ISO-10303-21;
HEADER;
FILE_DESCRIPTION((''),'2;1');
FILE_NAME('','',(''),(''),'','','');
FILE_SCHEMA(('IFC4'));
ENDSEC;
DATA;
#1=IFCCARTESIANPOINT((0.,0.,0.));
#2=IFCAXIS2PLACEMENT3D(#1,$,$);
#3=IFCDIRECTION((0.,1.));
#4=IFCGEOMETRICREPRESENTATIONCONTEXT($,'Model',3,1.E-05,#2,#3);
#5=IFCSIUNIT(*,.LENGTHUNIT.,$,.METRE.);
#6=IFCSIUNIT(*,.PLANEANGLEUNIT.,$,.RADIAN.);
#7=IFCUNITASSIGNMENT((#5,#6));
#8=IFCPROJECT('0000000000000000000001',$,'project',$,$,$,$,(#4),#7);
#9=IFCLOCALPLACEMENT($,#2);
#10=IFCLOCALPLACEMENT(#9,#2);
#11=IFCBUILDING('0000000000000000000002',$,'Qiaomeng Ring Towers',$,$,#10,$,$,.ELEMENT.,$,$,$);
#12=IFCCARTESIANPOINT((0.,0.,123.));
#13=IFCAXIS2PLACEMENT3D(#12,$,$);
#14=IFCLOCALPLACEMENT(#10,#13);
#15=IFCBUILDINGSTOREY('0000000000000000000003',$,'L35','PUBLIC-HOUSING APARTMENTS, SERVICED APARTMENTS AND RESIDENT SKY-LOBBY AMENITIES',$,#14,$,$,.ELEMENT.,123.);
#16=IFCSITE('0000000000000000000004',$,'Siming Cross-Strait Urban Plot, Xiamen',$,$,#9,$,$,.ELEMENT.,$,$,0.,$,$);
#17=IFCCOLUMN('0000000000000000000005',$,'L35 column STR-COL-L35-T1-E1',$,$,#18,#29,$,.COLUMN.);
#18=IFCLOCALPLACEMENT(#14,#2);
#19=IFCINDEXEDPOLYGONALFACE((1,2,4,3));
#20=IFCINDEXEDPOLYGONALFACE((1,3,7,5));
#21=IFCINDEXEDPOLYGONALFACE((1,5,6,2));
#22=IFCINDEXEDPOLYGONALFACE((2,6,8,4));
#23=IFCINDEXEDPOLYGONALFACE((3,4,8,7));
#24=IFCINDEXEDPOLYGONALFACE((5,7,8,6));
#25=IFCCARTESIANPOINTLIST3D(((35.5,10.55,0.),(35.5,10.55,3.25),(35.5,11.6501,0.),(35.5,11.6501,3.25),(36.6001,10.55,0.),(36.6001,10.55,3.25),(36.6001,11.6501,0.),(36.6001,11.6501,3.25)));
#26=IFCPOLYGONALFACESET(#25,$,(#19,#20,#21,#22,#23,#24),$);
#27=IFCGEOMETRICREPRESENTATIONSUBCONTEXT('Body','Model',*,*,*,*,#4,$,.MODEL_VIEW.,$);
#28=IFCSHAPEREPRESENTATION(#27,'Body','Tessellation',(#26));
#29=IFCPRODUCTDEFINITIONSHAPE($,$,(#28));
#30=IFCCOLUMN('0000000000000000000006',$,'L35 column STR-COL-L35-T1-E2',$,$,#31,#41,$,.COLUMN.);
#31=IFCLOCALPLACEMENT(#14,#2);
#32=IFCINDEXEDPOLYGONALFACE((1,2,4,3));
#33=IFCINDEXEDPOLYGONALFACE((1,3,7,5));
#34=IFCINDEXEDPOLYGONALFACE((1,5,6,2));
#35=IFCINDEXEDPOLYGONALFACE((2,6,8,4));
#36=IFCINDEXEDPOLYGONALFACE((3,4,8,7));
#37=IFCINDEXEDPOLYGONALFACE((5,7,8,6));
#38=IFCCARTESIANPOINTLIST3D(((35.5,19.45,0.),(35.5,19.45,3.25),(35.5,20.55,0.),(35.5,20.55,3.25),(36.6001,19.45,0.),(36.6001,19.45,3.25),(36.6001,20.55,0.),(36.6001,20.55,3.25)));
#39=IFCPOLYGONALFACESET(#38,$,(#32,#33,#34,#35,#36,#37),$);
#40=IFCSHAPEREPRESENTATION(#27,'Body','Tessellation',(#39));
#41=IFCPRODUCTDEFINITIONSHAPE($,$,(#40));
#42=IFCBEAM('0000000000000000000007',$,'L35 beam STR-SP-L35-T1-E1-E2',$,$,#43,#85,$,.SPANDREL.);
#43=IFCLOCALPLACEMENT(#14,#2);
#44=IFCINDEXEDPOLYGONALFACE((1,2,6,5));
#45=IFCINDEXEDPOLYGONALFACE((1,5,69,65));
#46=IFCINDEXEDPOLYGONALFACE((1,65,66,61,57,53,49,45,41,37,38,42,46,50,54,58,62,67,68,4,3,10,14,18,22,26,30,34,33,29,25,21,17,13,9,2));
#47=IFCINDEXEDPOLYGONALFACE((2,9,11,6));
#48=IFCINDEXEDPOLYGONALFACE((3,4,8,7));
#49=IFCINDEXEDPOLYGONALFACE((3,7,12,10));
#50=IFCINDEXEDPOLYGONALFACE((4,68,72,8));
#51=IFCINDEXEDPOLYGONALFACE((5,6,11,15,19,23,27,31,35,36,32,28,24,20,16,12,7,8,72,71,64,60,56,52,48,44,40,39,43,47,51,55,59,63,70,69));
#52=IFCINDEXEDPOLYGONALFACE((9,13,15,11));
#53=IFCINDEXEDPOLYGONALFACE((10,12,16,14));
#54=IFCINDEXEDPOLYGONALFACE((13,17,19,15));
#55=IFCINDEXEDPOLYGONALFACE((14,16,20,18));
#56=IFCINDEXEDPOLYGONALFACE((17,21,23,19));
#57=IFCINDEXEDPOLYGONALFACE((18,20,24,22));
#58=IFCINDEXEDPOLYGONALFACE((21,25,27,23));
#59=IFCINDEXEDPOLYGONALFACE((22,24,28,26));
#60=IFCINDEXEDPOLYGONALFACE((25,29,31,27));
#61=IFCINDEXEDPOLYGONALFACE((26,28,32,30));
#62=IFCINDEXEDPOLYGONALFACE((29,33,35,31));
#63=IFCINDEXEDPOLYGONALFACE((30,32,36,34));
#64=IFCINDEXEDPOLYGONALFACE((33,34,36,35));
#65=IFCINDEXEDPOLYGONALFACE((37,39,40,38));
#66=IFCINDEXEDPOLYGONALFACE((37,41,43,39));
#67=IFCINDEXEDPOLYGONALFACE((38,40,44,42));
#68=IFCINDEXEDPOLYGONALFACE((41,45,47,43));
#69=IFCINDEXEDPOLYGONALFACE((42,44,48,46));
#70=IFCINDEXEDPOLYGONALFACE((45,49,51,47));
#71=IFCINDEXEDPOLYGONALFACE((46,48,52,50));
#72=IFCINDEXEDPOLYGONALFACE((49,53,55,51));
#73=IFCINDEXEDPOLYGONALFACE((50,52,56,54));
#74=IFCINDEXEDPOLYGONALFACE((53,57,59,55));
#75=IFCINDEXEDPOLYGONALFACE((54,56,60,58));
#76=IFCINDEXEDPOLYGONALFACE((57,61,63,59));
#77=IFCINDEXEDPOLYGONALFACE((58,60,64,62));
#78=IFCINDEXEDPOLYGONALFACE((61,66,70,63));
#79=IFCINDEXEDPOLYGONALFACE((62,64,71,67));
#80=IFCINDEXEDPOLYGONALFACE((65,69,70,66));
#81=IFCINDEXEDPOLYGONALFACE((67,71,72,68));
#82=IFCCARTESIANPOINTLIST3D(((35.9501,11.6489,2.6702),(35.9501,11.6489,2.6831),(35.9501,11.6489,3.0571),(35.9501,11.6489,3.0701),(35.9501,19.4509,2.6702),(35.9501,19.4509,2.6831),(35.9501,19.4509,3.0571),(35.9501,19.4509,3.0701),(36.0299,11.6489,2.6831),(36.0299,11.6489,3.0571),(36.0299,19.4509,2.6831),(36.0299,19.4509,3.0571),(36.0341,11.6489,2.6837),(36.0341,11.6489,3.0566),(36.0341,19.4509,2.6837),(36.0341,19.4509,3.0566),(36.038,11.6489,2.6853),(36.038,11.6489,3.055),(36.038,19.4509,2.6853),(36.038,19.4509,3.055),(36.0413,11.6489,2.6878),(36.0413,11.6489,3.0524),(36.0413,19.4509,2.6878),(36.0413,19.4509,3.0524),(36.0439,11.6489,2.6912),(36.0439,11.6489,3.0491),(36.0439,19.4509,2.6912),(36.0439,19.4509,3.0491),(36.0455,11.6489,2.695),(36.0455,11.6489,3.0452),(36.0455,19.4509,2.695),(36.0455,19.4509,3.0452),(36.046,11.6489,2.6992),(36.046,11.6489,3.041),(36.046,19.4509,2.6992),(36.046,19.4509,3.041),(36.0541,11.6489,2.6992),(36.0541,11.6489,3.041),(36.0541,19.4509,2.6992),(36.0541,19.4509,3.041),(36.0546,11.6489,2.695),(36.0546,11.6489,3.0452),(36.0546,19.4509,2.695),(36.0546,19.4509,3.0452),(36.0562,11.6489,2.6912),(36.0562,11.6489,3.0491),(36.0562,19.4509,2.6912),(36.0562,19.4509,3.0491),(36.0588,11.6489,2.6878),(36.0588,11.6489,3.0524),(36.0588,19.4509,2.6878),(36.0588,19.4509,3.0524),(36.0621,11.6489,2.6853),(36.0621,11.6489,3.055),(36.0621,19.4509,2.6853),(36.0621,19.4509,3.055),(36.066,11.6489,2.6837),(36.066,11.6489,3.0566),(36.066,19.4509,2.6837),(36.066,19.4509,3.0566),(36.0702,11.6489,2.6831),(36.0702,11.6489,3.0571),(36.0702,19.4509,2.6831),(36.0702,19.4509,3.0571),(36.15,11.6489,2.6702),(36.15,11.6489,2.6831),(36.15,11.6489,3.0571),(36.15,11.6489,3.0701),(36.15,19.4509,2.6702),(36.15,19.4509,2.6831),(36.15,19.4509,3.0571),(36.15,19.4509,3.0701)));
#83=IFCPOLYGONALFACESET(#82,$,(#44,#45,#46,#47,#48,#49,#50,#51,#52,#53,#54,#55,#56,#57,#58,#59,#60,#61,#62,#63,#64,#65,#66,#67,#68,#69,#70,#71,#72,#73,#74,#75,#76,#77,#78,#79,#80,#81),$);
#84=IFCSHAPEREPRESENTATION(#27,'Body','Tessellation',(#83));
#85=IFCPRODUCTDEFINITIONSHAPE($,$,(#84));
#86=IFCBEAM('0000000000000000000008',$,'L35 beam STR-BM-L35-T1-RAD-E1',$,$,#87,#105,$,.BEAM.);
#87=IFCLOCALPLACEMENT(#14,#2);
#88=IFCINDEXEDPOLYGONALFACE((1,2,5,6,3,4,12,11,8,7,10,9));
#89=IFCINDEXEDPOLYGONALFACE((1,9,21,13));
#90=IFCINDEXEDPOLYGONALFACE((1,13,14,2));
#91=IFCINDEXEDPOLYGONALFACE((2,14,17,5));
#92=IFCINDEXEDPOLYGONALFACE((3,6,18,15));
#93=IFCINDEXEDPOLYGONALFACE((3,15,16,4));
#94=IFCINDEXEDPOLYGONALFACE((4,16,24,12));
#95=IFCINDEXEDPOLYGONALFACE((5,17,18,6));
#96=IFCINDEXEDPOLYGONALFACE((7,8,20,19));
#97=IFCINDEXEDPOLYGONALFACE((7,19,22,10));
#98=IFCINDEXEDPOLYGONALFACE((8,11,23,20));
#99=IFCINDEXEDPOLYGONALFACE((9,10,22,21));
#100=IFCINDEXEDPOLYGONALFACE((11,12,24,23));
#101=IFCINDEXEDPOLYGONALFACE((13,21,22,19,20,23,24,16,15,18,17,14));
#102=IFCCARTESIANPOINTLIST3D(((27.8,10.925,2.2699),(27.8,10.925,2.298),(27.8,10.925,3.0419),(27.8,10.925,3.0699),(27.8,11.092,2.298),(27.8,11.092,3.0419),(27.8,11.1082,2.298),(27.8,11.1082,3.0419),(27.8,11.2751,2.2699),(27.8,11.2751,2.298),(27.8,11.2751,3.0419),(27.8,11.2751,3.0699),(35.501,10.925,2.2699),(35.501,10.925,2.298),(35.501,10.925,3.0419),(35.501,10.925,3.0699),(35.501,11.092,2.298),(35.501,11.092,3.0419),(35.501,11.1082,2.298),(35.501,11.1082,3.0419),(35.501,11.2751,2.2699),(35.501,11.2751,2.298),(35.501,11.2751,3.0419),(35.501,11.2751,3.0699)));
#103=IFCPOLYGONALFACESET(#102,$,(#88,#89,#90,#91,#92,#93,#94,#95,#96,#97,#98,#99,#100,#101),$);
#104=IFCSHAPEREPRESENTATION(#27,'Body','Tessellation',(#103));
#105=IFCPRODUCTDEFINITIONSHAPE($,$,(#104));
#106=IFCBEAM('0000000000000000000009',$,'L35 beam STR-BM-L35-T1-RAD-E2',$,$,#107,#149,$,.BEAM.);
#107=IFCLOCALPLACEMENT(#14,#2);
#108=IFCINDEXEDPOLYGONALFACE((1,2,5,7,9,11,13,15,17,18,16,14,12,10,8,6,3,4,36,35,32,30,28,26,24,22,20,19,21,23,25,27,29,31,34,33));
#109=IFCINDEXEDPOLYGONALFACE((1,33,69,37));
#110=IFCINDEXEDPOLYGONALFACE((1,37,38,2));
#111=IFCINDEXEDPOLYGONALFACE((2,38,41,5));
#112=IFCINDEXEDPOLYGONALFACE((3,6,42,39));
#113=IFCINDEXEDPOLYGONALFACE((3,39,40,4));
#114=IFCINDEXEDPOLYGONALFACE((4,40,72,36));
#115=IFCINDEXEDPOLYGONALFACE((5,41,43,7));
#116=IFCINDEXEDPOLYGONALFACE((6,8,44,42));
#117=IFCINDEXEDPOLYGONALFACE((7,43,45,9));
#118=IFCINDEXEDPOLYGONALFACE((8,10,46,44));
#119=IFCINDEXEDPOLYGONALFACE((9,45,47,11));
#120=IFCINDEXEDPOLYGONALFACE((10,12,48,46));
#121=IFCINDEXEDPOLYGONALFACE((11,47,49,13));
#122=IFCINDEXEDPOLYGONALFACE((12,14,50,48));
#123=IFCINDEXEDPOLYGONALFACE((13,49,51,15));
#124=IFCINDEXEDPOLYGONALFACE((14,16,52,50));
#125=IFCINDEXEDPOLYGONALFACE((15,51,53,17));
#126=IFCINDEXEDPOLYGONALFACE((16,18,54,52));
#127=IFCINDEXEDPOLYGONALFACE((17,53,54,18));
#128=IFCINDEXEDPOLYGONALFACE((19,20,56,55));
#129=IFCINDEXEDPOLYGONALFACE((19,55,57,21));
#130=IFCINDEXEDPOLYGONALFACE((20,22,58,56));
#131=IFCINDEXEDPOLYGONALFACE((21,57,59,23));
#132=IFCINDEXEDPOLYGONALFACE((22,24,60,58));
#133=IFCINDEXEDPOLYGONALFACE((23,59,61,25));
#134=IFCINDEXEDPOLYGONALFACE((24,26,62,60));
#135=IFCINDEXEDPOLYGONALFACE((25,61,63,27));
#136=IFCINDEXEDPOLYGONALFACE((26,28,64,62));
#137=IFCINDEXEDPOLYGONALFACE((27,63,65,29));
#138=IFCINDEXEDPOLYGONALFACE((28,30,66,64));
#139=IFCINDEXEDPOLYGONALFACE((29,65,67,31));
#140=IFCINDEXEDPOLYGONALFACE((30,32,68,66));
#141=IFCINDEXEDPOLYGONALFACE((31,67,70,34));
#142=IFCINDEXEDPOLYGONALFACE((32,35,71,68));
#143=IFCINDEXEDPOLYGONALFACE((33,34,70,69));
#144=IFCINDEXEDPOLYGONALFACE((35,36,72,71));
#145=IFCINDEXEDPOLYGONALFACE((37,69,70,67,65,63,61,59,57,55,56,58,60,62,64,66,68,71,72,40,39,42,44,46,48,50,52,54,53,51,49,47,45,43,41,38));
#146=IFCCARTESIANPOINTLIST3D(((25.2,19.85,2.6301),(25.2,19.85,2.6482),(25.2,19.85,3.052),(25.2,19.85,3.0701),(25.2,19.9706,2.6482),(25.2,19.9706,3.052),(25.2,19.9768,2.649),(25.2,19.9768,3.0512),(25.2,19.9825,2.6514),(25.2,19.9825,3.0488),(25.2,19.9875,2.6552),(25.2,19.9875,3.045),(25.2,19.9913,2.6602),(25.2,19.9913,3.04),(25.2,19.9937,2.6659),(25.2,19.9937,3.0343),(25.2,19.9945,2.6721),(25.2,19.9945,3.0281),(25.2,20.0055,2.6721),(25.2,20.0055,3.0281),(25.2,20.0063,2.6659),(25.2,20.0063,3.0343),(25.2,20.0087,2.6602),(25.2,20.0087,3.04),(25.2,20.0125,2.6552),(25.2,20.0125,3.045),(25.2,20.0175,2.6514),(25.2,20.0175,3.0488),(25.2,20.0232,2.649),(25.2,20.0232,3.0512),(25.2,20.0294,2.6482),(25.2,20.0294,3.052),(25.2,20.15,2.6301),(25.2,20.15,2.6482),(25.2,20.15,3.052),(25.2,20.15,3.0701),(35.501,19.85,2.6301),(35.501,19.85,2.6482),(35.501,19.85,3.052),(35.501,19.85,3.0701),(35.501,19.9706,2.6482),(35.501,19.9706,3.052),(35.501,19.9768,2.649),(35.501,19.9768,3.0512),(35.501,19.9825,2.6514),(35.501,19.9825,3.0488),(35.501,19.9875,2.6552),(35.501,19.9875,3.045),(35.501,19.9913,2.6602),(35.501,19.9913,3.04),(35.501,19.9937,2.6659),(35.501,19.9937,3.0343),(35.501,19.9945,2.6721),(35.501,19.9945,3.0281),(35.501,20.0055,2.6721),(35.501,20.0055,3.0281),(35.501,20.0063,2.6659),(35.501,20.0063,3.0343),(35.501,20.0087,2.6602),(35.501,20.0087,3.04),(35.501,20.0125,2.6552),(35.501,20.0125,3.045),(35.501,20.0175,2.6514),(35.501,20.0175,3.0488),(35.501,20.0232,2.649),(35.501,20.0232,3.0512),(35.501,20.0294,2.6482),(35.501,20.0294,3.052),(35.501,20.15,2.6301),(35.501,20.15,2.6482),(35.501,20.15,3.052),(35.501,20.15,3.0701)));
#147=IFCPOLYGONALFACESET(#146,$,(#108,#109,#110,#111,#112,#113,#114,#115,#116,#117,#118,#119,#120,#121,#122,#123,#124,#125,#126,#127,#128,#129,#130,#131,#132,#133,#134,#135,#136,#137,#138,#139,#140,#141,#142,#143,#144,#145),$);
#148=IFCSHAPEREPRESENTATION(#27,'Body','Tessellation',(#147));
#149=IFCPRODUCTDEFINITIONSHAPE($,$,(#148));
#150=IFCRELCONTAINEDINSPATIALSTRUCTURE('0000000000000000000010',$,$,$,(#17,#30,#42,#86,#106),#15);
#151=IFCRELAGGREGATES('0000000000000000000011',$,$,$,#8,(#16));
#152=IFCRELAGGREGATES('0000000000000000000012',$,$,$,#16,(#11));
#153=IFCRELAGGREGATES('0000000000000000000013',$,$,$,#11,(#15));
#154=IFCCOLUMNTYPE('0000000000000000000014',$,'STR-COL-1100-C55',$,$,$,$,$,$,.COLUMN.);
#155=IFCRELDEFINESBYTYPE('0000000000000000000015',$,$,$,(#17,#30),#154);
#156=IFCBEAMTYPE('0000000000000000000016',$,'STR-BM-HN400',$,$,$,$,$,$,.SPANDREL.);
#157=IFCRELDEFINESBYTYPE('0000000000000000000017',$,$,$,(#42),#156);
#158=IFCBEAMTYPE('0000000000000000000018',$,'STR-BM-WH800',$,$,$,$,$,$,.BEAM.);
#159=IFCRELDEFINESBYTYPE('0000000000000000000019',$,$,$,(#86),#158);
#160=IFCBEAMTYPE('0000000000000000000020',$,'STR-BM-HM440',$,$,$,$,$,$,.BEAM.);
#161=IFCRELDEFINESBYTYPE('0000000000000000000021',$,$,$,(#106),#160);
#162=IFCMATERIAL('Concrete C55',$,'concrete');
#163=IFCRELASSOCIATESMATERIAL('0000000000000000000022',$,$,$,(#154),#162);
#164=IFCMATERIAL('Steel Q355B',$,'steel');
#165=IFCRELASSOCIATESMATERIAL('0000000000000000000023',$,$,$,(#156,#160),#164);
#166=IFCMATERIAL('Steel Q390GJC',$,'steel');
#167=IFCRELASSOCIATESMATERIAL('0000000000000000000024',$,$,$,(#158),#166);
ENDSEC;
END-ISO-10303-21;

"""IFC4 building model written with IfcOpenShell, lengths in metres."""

from ifc_helpers import new_model, si_unit, direction, frame, origin, origin_2d, place, context, subcontext, project, spatial, rectangle, i_section, extrude, source, transform, mapped, material, material_profile, profile_set, type_object, element, save


model = new_model("IFC4")

# Units and contexts
model_context = context("Model", 3, precision=1e-05, world=origin(), true_north=direction((0.0, 1.0)))
body_context = subcontext(model_context, "Body", "Model", "MODEL_VIEW")
ifc_project = project(units=[si_unit("LENGTHUNIT", "METRE"), si_unit("PLANEANGLEUNIT", "RADIAN")], contexts=[model_context])

# Site, building, storey
site_placement = place(None, origin())
site = spatial("IfcSite", under=ifc_project, at=site_placement, Name="Siming Cross-Strait Urban Plot, Xiamen", CompositionType="ELEMENT", RefElevation=0.0)
building_placement = place(site_placement, origin())
building = spatial("IfcBuilding", under=site, at=building_placement, Name="Qiaomeng Ring Towers", CompositionType="ELEMENT")
storey_placement = place(building_placement, frame((0.0, 0.0, 123.0)))
storey = spatial("IfcBuildingStorey", under=building, at=storey_placement, Name="L35", Description="PUBLIC-HOUSING APARTMENTS, SERVICED APARTMENTS AND RESIDENT SKY-LOBBY AMENITIES", CompositionType="ELEMENT", Elevation=123.0)

# Columns
ifc_material_1 = material(Name="Concrete C55", Category="concrete")
ifc_material_profile_1 = material_profile(ifc_material_1, rectangle(XDim=1.1001, YDim=1.1001, at=origin_2d()), Name="RC COL 1100x1100")
ifc_profile_set_1 = profile_set([ifc_material_profile_1], Name="Concrete C55")
column_type = type_object("IfcColumnType", Name="STR-COL-1100-C55", PredefinedType="COLUMN", material=ifc_profile_set_1)
shared_shape_1 = source(origin(), body_context, "Body", "SweptSolid", [
    extrude(rectangle(XDim=1.1001, YDim=1.1001, at=origin_2d()), origin(), (0.0, 0.0, 1.0), 3.25),
])
for number, where, z_axis, x_axis, name in (
    (1, (36.05, 11.1001, 0.0), (0.0, 0.0, 1.0), (1.0, 0.0, 0.0), "L35 column STR-COL-L35-T1-E1"),
    (2, (36.05, 20.0, 0.0), (0.0, 0.0, 1.0), (1.0, 0.0, 0.0), "L35 column STR-COL-L35-T1-E2"),
):
    element("IfcColumn", number, at=place(storey_placement, frame(where, z_axis=z_axis, x_axis=x_axis)), inside=storey, type_object=column_type, Name=name, PredefinedType="COLUMN", context=body_context, shape_type="MappedRepresentation", body=[
        mapped(shared_shape_1, transform((0.0, 0.0, 0.0), x_axis=(1.0, 0.0, 0.0), y_axis=(0.0, 1.0, 0.0), z_axis=(0.0, 0.0, 1.0), scale=1.0)),
    ])

# Beams
ifc_material_2 = material(Name="Steel Q355B", Category="steel")
ifc_material_profile_2 = material_profile(ifc_material_2, i_section(OverallWidth=0.2, OverallDepth=0.3999, WebThickness=0.0081, FlangeThickness=0.0129, FilletRadius=0.0161, at=origin_2d()), Name="HN 400x200x8x13")
ifc_profile_set_2 = profile_set([ifc_material_profile_2], Name="Steel Q355B")
beam_type_1 = type_object("IfcBeamType", Name="STR-BM-HN400", PredefinedType="SPANDREL", material=ifc_profile_set_2)
shared_shape_2 = source(origin(), body_context, "Body", "SweptSolid", [
    extrude(i_section(OverallWidth=0.2, OverallDepth=0.3999, WebThickness=0.0081, FlangeThickness=0.0129, FilletRadius=0.0161, at=origin_2d()), origin(), (0.0, 0.0, 1.0), 7.802),
])
beam_1_placement = place(storey_placement, frame((36.05, 11.6489, 2.8701), z_axis=(0.0, 1.0, 0.0), x_axis=(-1.0, 0.0, 0.0)))
element("IfcBeam", 3, at=beam_1_placement, inside=storey, type_object=beam_type_1, Name="L35 beam STR-SP-L35-T1-E1-E2", PredefinedType="SPANDREL", context=body_context, shape_type="MappedRepresentation", body=[
    mapped(shared_shape_2, transform((0.0, 0.0, 0.0), x_axis=(1.0, 0.0, 0.0), y_axis=(0.0, 1.0, 0.0), z_axis=(0.0, 0.0, 1.0), scale=1.0)),
])
ifc_material_3 = material(Name="Steel Q390GJC", Category="steel")
ifc_material_profile_3 = material_profile(ifc_material_3, i_section(OverallWidth=0.3501, OverallDepth=0.8, WebThickness=0.0161, FlangeThickness=0.0281, at=origin_2d()), Name="WH 800x350x16x28")
ifc_profile_set_3 = profile_set([ifc_material_profile_3], Name="Steel Q390GJC")
beam_type_2 = type_object("IfcBeamType", Name="STR-BM-WH800", PredefinedType="BEAM", material=ifc_profile_set_3)
shared_shape_3 = source(origin(), body_context, "Body", "SweptSolid", [
    extrude(i_section(OverallWidth=0.3501, OverallDepth=0.8, WebThickness=0.0161, FlangeThickness=0.0281, at=origin_2d()), origin(), (0.0, 0.0, 1.0), 7.7009),
])
beam_2_placement = place(storey_placement, frame((27.8, 11.1001, 2.6699), z_axis=(1.0, 0.0, 0.0), x_axis=(0.0, 1.0, 0.0)))
element("IfcBeam", 4, at=beam_2_placement, inside=storey, type_object=beam_type_2, Name="L35 beam STR-BM-L35-T1-RAD-E1", PredefinedType="BEAM", context=body_context, shape_type="MappedRepresentation", body=[
    mapped(shared_shape_3, transform((0.0, 0.0, 0.0), x_axis=(1.0, 0.0, 0.0), y_axis=(0.0, 1.0, 0.0), z_axis=(0.0, 0.0, 1.0), scale=1.0)),
])
ifc_material_profile_4 = material_profile(ifc_material_2, i_section(OverallWidth=0.3, OverallDepth=0.4399, WebThickness=0.011, FlangeThickness=0.0181, FilletRadius=0.0239, at=origin_2d()), Name="HM 440x300x11x18")
ifc_profile_set_4 = profile_set([ifc_material_profile_4], Name="Steel Q355B")
beam_type_3 = type_object("IfcBeamType", Name="STR-BM-HM440", PredefinedType="BEAM", material=ifc_profile_set_4)
shared_shape_4 = source(origin(), body_context, "Body", "SweptSolid", [
    extrude(i_section(OverallWidth=0.3, OverallDepth=0.4399, WebThickness=0.011, FlangeThickness=0.0181, FilletRadius=0.0239, at=origin_2d()), origin(), (0.0, 0.0, 1.0), 10.301),
])
beam_3_placement = place(storey_placement, frame((25.2, 20.0, 2.8501), z_axis=(1.0, 0.0, 0.0), x_axis=(0.0, 1.0, 0.0)))
element("IfcBeam", 5, at=beam_3_placement, inside=storey, type_object=beam_type_3, Name="L35 beam STR-BM-L35-T1-RAD-E2", PredefinedType="BEAM", context=body_context, shape_type="MappedRepresentation", body=[
    mapped(shared_shape_4, transform((0.0, 0.0, 0.0), x_axis=(1.0, 0.0, 0.0), y_axis=(0.0, 1.0, 0.0), z_axis=(0.0, 0.0, 1.0), scale=1.0)),
])

save(model, "model.ifc")
